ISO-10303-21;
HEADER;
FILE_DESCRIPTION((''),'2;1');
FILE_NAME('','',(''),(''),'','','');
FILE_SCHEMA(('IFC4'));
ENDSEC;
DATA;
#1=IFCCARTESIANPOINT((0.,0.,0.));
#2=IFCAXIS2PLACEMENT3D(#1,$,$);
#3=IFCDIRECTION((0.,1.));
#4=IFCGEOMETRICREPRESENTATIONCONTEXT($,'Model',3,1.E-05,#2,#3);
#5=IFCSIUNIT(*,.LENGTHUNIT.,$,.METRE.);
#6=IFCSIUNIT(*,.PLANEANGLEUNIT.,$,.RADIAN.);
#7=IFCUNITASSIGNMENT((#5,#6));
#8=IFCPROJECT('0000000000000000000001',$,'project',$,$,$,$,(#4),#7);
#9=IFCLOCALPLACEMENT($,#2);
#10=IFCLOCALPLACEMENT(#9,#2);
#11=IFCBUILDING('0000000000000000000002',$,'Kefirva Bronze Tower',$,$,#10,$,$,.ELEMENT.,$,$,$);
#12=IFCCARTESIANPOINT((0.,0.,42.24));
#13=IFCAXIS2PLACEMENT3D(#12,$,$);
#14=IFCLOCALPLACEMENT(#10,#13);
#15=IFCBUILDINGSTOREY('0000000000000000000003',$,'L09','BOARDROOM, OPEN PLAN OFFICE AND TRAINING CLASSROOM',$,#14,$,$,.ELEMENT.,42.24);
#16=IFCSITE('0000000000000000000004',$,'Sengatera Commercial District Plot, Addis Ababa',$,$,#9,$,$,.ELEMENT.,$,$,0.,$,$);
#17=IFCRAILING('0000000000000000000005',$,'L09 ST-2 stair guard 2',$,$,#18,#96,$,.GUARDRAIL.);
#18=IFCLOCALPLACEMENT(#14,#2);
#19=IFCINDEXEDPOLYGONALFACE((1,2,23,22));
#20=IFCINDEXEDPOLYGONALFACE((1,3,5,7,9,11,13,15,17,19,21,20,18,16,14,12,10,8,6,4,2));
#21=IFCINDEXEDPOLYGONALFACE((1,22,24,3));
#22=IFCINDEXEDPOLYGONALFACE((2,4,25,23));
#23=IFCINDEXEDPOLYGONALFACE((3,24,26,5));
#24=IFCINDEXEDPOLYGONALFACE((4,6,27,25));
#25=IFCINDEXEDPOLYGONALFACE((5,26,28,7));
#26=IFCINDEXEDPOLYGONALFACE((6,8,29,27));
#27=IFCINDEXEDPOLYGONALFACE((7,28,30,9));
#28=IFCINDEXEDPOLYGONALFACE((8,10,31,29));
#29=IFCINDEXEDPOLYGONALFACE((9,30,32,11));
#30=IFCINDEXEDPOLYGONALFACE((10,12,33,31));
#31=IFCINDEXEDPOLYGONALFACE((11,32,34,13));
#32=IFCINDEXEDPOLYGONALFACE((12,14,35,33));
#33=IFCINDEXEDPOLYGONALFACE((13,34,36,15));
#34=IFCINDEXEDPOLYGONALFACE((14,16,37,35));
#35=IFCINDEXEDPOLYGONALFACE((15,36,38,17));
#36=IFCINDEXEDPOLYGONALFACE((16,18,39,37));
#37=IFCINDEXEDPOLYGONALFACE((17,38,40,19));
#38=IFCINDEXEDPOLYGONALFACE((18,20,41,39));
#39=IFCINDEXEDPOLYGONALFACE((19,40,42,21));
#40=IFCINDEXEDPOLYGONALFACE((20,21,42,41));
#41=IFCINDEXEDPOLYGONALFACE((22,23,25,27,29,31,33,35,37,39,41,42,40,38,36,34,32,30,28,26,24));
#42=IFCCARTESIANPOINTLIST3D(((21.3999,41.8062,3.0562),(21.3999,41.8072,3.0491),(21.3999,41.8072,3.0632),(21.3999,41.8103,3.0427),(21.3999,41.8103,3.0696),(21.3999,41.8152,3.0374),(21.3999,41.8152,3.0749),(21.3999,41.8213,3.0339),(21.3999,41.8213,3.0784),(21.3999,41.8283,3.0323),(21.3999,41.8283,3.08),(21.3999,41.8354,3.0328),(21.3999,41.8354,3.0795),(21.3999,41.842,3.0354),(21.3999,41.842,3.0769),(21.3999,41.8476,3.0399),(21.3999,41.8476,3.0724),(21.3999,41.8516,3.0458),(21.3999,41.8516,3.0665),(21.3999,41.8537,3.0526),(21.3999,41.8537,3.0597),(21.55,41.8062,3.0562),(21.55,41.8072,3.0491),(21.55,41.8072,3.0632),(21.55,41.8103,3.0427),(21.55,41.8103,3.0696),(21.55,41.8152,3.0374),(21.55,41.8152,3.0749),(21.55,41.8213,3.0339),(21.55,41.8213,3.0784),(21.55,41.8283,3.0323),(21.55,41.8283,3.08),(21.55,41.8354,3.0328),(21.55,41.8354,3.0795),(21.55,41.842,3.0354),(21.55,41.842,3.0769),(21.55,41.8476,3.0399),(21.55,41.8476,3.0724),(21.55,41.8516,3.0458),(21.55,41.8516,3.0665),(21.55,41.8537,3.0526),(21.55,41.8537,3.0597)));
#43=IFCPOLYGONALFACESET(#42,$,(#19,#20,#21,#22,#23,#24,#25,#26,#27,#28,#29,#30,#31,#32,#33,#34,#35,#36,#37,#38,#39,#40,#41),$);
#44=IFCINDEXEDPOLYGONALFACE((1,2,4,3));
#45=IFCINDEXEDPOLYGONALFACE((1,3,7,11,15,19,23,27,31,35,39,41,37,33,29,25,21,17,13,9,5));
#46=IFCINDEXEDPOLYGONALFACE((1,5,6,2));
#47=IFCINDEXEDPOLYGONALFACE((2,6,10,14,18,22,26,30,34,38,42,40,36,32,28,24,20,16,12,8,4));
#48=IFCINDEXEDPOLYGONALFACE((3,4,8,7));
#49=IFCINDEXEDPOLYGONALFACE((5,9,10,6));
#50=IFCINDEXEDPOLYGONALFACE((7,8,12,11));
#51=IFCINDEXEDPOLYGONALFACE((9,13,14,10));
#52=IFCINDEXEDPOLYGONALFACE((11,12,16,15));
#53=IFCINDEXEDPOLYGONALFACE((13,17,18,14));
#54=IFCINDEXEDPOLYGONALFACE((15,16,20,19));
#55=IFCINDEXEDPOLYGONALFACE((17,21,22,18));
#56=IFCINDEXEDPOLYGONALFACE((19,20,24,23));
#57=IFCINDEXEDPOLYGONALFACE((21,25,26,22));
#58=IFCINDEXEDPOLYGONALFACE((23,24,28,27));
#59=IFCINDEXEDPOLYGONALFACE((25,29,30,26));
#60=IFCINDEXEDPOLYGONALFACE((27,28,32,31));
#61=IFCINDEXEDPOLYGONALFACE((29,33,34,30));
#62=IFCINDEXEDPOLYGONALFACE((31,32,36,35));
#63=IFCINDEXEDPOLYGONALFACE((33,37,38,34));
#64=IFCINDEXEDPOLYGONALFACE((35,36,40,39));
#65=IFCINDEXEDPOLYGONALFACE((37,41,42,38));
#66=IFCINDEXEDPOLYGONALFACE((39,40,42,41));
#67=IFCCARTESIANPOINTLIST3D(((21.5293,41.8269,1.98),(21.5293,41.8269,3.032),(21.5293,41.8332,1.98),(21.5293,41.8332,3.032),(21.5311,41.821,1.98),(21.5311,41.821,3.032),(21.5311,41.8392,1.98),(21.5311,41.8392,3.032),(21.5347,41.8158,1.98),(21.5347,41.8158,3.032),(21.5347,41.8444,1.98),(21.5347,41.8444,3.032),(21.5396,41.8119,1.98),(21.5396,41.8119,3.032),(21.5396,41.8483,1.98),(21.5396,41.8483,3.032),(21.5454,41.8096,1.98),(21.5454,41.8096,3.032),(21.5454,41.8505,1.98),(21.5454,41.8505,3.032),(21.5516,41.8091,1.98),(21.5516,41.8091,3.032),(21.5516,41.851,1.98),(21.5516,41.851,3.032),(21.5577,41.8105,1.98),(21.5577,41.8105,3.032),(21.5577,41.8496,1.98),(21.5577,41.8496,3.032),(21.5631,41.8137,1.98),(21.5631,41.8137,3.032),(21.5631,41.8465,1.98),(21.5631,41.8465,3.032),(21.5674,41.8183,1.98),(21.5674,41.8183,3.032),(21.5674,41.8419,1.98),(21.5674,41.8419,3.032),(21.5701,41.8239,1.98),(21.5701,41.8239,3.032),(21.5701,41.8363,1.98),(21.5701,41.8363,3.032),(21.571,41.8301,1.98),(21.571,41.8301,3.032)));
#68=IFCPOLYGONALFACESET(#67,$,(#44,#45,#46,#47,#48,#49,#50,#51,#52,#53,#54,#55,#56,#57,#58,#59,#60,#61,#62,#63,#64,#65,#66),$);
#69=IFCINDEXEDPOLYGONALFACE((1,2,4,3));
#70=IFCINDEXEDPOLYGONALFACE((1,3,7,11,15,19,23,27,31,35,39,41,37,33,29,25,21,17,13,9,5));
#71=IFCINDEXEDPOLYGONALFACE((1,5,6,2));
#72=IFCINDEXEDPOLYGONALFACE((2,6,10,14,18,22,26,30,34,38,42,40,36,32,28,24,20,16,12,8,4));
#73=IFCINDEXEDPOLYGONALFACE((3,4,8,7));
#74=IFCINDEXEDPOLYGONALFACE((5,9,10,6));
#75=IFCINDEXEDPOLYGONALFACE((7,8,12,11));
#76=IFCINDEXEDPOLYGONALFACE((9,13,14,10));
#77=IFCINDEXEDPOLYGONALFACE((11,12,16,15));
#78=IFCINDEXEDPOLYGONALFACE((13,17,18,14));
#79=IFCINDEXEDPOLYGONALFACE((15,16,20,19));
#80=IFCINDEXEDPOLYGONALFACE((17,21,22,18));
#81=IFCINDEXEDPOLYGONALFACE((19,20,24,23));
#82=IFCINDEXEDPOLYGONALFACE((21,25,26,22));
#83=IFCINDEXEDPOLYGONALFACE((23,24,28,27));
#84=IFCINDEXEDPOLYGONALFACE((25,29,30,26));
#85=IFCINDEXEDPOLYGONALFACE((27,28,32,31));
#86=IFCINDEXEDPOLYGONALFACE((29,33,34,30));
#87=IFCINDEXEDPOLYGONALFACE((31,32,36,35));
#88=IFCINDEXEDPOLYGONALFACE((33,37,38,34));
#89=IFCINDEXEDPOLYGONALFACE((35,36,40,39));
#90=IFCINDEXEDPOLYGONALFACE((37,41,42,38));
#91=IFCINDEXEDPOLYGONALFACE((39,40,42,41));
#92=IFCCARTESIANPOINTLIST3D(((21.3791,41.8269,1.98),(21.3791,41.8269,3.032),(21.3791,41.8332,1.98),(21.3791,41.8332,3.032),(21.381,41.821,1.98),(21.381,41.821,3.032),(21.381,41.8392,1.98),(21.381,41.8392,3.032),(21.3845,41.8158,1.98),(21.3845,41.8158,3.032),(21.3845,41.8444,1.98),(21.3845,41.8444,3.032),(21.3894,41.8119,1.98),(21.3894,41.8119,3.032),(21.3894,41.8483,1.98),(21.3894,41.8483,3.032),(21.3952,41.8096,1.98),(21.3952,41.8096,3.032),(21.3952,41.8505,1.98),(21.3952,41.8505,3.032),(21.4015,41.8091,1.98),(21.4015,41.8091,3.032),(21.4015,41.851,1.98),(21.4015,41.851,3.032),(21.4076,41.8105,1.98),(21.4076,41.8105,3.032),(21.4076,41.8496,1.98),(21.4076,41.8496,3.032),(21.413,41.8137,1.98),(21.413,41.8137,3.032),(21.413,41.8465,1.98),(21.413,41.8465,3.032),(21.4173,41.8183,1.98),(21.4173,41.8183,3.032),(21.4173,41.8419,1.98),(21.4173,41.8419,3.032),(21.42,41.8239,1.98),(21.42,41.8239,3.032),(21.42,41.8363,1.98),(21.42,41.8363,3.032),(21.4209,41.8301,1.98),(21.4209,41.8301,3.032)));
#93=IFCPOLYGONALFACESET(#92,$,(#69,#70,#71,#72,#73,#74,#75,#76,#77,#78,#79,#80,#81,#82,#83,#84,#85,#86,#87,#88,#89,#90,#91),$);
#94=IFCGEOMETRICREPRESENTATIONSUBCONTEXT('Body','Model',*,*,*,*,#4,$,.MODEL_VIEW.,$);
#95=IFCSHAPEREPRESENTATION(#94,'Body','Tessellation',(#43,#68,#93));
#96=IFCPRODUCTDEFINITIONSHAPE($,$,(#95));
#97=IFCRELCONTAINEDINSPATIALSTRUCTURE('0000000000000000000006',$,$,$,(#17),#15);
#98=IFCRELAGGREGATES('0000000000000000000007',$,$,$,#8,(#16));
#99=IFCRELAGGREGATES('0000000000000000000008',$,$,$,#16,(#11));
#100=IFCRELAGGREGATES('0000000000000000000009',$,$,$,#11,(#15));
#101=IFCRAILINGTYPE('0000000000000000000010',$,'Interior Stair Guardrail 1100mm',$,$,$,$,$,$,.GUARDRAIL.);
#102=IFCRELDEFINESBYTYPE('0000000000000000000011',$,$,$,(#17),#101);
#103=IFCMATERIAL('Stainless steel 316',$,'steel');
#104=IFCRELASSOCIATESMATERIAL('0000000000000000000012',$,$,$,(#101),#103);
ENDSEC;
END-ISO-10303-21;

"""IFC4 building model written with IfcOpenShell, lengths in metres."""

from ifc_helpers import new_model, si_unit, direction, frame, origin, origin_2d, place, context, subcontext, project, spatial, circle, extrude, material, type_object, element, save


model = new_model("IFC4")

# Units and contexts
model_context = context("Model", 3, precision=1e-05, world=origin(), true_north=direction((0.0, 1.0)))
body_context = subcontext(model_context, "Body", "Model", "MODEL_VIEW")
ifc_project = project(units=[si_unit("LENGTHUNIT", "METRE"), si_unit("PLANEANGLEUNIT", "RADIAN")], contexts=[model_context])

# Site, building, storey
site_placement = place(None, origin())
site = spatial("IfcSite", under=ifc_project, at=site_placement, Name="Sengatera Commercial District Plot, Addis Ababa", CompositionType="ELEMENT", RefElevation=0.0)
building_placement = place(site_placement, origin())
building = spatial("IfcBuilding", under=site, at=building_placement, Name="Kefirva Bronze Tower", CompositionType="ELEMENT")
storey_placement = place(building_placement, frame((0.0, 0.0, 42.24)))
storey = spatial("IfcBuildingStorey", under=building, at=storey_placement, Name="L09", Description="BOARDROOM, OPEN PLAN OFFICE AND TRAINING CLASSROOM", CompositionType="ELEMENT", Elevation=42.24)

# Railing
ifc_material_1 = material(Name="Stainless steel 316", Category="steel")
railing_type_1 = type_object("IfcRailingType", Name="Interior Stair Guardrail 1100mm", PredefinedType="GUARDRAIL", material=ifc_material_1)
railing_1_placement = place(storey_placement, frame((21.55, 41.8301, 1.98)))
element("IfcRailing", 1, at=railing_1_placement, inside=storey, type_object=railing_type_1, Name="L09 ST-2 stair guard 2", PredefinedType="GUARDRAIL", context=body_context, shape_type="SweptSolid", body=[
    extrude(circle(Radius=0.0239, at=origin_2d()), frame((0.0, 0.0, 1.0762), z_axis=(-1.0, 0.0, 0.0), x_axis=(0.0, -1.0, 0.0)), (0.0, 0.0, 1.0), 0.1501),
    extrude(circle(Radius=0.021, at=origin_2d()), origin(), (0.0, 0.0, 1.0), 1.052),
    extrude(circle(Radius=0.021, at=origin_2d()), frame((-0.1501, 0.0, 0.0)), (0.0, 0.0, 1.0), 1.052),
])

save(model, "model.ifc")
